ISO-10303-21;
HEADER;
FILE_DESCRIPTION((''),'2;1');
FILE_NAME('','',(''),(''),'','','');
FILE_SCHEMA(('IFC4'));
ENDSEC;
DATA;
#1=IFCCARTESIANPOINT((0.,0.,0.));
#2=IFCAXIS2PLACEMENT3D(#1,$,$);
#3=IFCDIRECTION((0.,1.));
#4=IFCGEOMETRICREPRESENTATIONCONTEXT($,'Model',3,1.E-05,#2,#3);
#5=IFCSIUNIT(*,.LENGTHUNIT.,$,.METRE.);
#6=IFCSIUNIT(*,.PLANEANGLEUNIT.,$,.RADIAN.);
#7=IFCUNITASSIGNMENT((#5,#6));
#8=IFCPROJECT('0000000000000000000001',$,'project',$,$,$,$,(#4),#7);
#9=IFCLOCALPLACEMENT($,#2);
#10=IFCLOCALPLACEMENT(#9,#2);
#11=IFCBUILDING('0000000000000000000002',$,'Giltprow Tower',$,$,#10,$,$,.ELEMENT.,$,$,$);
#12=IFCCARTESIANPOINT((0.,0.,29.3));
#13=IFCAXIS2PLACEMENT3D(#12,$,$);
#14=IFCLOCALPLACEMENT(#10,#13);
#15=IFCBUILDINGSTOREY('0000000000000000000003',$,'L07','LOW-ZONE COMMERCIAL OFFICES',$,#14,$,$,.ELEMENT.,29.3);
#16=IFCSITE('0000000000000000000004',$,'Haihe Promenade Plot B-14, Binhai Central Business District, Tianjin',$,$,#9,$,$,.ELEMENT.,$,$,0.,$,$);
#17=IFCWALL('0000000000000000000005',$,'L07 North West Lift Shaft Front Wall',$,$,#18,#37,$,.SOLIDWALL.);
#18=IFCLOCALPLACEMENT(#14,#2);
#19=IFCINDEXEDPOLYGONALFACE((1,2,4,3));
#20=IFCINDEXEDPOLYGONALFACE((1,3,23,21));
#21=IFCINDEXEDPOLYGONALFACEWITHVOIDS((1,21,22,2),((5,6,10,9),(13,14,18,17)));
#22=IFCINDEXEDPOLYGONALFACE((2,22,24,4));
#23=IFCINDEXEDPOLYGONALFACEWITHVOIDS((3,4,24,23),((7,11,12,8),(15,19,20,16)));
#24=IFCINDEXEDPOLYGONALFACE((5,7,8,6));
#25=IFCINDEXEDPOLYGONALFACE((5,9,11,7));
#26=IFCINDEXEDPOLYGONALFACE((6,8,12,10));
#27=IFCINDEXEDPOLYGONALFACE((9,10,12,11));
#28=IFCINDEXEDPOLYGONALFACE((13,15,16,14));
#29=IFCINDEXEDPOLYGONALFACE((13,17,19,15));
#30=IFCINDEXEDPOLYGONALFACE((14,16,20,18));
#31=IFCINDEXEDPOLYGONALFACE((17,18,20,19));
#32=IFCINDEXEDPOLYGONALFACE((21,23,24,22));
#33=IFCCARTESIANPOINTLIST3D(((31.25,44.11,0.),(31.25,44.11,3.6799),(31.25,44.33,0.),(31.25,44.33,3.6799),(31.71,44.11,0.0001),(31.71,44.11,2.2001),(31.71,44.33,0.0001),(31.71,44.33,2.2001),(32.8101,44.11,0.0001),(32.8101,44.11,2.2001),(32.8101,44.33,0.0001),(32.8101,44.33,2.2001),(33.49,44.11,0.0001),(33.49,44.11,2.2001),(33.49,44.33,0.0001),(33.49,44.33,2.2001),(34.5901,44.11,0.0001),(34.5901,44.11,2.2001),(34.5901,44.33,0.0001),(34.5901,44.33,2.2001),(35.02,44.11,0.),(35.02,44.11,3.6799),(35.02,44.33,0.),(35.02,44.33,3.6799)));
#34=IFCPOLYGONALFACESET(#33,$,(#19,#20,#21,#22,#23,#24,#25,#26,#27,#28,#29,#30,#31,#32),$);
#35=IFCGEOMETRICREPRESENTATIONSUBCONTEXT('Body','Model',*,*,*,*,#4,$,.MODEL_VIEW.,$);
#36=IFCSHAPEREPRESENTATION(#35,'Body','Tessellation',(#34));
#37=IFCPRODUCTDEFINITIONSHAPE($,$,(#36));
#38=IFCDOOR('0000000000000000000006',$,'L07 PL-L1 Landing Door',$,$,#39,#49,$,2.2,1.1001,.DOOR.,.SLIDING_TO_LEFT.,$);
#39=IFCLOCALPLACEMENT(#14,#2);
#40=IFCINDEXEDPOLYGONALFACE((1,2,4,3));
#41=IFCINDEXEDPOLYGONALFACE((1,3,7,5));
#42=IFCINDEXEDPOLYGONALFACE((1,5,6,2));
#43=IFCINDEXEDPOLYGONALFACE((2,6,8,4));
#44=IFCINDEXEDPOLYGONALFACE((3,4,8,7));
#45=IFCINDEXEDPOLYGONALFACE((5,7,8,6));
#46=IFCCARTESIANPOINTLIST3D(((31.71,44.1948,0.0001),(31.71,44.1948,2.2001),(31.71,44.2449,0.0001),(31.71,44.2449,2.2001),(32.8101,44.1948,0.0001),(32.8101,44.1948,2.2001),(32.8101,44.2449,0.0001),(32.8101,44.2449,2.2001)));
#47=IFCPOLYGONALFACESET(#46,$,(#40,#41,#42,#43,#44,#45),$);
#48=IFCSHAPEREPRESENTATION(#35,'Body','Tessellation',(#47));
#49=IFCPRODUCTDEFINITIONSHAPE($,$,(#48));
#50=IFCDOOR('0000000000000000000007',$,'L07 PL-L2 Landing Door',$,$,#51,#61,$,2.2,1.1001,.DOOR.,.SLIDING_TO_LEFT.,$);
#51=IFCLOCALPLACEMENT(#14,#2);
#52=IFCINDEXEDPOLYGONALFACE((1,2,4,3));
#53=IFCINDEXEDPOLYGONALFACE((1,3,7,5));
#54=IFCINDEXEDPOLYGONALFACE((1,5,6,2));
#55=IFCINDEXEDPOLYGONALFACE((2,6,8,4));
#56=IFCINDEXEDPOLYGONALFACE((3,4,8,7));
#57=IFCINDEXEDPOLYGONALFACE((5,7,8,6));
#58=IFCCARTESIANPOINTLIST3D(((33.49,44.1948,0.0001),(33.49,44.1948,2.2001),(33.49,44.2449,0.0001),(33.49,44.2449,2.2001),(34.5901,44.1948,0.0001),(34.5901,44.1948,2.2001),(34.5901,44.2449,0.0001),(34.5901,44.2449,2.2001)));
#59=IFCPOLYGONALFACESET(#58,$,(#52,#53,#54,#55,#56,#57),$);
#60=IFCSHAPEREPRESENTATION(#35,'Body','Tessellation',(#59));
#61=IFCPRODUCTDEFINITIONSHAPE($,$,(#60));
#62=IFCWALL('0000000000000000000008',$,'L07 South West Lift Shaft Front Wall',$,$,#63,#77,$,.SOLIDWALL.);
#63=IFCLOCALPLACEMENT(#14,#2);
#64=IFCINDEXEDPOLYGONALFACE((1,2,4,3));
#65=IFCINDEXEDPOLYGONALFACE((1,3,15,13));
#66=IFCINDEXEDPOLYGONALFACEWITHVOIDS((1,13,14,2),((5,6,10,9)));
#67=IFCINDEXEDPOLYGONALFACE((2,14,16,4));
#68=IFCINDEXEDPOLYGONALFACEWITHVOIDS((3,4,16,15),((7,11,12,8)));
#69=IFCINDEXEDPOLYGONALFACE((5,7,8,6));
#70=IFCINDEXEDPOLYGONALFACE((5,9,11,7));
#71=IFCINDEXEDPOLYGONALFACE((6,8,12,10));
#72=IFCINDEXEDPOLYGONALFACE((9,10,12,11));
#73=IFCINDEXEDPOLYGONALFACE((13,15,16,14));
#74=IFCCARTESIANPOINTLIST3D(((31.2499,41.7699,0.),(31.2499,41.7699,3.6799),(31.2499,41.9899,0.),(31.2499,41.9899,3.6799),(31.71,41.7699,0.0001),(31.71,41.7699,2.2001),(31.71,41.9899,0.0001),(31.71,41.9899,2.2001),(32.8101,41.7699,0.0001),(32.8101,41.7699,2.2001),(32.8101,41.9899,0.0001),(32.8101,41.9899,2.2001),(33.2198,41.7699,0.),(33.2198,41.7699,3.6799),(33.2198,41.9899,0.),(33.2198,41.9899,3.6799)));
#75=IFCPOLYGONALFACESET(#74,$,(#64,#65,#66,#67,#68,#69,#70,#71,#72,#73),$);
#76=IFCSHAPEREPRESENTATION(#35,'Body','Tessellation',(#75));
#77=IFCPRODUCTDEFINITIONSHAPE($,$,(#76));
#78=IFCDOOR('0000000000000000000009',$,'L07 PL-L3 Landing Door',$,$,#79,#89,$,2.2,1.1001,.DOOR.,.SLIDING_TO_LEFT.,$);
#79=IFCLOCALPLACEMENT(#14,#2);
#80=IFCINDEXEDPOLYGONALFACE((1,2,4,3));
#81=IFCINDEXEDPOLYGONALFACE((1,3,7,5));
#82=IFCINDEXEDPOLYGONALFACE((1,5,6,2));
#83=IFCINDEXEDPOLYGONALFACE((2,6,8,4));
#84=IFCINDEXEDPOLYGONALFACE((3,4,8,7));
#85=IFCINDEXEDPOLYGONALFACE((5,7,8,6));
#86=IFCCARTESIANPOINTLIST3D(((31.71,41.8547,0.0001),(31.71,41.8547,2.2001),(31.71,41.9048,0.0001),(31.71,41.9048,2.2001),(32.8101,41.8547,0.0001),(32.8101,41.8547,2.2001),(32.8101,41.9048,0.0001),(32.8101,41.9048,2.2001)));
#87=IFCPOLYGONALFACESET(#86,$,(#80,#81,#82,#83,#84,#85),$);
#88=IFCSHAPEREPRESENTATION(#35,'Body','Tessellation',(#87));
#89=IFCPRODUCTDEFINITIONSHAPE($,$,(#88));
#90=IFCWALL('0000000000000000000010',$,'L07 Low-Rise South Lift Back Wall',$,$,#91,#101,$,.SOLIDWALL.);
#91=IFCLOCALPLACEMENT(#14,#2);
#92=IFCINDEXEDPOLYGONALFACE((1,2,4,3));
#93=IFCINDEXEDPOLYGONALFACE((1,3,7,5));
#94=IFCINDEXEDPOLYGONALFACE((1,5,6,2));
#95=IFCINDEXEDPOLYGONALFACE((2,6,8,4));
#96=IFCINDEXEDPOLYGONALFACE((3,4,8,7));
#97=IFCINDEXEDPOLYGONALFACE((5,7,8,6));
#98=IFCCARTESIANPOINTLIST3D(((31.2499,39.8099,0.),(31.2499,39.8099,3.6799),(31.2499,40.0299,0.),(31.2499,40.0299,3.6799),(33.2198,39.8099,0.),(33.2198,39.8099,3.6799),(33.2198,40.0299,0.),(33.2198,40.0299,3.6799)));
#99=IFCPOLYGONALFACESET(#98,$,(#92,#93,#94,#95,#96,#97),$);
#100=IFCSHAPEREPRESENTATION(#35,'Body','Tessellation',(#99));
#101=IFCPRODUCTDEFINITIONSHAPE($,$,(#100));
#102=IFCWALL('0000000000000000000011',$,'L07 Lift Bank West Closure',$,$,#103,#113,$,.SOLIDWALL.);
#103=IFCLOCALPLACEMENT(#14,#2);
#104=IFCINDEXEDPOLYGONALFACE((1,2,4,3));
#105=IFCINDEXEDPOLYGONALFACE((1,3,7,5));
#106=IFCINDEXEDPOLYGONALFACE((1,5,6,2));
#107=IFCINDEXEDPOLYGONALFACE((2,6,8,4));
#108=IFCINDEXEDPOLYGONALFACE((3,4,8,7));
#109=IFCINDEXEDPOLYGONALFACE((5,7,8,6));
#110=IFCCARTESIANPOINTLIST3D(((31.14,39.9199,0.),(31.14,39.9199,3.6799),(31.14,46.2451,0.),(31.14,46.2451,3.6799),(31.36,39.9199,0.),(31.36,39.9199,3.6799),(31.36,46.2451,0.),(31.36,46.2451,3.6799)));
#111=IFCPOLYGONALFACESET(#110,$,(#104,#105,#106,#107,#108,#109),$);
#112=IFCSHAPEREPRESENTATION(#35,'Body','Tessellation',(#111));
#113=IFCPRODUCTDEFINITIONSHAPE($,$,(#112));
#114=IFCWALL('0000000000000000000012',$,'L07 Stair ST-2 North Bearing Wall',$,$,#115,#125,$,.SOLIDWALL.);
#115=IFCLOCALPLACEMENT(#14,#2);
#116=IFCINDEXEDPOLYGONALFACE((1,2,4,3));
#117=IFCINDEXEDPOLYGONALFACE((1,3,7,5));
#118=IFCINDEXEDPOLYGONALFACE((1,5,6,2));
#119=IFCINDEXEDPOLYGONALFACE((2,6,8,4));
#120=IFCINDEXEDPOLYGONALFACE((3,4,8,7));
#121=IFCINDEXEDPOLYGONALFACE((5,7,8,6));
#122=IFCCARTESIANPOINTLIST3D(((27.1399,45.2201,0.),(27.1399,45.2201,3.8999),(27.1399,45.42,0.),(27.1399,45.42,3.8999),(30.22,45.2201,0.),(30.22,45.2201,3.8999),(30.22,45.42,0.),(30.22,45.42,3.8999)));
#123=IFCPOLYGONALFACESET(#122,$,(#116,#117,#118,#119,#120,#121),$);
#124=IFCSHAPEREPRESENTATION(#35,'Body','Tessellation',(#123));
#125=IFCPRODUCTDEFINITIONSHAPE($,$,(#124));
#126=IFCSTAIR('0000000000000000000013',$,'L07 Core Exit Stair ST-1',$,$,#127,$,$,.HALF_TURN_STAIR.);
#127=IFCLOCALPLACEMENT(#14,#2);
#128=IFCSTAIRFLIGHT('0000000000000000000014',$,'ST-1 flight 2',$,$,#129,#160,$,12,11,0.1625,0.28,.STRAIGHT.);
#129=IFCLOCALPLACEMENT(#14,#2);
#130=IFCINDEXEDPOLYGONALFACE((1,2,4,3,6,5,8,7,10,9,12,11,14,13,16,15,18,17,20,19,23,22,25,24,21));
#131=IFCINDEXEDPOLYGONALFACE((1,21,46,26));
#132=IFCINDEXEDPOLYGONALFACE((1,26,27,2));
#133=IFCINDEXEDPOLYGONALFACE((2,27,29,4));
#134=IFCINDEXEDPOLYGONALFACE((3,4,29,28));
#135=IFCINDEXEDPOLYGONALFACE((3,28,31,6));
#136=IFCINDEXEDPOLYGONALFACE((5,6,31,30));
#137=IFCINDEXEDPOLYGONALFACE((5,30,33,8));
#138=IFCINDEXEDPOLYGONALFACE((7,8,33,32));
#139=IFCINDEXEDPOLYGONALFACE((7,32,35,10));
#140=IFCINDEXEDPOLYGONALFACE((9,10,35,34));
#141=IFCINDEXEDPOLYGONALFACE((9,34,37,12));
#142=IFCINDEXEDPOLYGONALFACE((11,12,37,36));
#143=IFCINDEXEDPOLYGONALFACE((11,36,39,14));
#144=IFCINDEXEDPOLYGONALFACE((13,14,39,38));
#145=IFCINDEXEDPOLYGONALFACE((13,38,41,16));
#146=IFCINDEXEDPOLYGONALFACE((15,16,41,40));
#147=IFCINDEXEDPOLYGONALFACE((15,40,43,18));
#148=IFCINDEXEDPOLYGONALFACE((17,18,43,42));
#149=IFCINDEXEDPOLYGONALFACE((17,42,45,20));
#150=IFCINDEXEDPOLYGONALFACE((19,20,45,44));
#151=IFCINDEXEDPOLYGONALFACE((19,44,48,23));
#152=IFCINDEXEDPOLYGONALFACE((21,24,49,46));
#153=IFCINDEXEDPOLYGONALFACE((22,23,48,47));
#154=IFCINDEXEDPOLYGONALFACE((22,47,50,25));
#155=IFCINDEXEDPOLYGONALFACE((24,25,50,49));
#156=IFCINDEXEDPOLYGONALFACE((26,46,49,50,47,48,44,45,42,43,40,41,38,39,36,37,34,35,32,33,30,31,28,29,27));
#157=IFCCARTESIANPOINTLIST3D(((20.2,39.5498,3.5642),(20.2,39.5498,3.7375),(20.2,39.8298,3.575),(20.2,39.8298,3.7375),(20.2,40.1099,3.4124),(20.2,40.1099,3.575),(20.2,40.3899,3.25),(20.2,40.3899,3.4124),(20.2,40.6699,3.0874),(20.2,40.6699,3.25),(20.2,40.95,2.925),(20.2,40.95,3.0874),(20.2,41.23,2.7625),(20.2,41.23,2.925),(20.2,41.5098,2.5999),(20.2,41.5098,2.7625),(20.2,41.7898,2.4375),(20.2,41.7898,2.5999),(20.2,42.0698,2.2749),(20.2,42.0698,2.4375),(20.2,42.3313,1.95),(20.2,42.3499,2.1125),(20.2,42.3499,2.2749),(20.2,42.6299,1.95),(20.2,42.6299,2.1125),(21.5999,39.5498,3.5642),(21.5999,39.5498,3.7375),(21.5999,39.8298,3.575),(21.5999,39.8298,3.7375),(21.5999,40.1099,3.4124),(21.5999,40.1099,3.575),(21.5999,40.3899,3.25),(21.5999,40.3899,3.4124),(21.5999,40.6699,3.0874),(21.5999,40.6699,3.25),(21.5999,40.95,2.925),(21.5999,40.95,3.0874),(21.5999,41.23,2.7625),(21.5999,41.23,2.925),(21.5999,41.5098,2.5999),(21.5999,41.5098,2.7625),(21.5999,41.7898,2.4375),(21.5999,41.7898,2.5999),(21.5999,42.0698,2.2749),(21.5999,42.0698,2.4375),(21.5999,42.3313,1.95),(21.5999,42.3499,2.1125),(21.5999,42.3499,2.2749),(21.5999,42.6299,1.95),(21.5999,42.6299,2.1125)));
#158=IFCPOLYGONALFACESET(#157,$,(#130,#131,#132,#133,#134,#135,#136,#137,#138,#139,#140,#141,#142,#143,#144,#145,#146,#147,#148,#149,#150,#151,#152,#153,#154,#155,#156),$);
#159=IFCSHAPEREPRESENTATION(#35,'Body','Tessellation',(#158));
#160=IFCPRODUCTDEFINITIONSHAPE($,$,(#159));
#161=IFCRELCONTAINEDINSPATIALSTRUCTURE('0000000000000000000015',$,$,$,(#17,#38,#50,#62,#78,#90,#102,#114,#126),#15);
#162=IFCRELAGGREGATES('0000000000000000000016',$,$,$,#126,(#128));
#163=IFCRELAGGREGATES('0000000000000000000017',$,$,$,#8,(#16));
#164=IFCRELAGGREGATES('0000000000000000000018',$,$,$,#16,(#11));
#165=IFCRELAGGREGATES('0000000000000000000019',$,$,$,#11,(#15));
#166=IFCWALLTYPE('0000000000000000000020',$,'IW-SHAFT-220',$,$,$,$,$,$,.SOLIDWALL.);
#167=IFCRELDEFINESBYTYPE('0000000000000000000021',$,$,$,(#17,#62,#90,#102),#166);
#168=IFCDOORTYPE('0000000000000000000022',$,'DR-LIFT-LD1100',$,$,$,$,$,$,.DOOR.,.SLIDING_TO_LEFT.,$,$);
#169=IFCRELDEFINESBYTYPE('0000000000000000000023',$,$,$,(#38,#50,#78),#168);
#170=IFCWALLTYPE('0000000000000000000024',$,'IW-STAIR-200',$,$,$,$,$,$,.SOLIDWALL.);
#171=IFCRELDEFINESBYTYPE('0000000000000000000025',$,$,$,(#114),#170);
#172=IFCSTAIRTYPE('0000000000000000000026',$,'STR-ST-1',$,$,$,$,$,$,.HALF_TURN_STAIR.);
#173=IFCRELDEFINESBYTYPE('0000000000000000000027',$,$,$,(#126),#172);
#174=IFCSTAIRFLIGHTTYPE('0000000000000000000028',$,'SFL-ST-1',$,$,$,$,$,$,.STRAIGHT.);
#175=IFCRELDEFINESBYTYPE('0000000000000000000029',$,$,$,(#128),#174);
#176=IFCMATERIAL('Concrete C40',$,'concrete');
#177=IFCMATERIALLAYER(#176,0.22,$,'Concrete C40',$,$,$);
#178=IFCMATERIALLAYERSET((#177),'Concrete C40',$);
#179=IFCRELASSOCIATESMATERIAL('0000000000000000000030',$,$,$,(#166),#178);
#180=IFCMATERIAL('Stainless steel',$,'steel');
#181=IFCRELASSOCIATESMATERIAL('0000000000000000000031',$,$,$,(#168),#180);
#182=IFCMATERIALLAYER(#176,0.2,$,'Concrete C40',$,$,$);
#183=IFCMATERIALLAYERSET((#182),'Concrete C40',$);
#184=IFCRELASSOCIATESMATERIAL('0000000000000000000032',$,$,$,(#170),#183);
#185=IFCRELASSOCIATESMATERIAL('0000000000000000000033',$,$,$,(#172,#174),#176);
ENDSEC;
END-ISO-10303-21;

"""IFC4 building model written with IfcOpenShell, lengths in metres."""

from ifc_helpers import new_model, si_unit, direction, frame, frame_2d, origin, place, context, subcontext, project, spatial, polyline, rectangle, outline, extrude, source, transform, mapped, material, layer, layer_set, type_object, element, fill, aggregate, save


model = new_model("IFC4")

# Units and contexts
model_context = context("Model", 3, precision=1e-05, world=origin(), true_north=direction((0.0, 1.0)))
body_context = subcontext(model_context, "Body", "Model", "MODEL_VIEW")
ifc_project = project(units=[si_unit("LENGTHUNIT", "METRE"), si_unit("PLANEANGLEUNIT", "RADIAN")], contexts=[model_context])

# Site, building, storey
site_placement = place(None, origin())
site = spatial("IfcSite", under=ifc_project, at=site_placement, Name="Haihe Promenade Plot B-14, Binhai Central Business District, Tianjin", CompositionType="ELEMENT", RefElevation=0.0)
building_placement = place(site_placement, origin())
building = spatial("IfcBuilding", under=site, at=building_placement, Name="Giltprow Tower", CompositionType="ELEMENT")
storey_placement = place(building_placement, frame((0.0, 0.0, 29.3)))
storey = spatial("IfcBuildingStorey", under=building, at=storey_placement, Name="L07", Description="LOW-ZONE COMMERCIAL OFFICES", CompositionType="ELEMENT", Elevation=29.3)

# Shared definitions
ifc_material_1 = material(Name="Concrete C40", Category="concrete")
ifc_layer_1 = layer(ifc_material_1, 0.22, Name="Concrete C40")
ifc_layer_set_1 = layer_set([ifc_layer_1], Name="Concrete C40")
wall_type_1 = type_object("IfcWallType", Name="IW-SHAFT-220", PredefinedType="SOLIDWALL", material=ifc_layer_set_1)
ifc_material_2 = material(Name="Stainless steel", Category="steel")
door_type = type_object("IfcDoorType", Name="DR-LIFT-LD1100", OperationType="SLIDING_TO_LEFT", PredefinedType="DOOR", material=ifc_material_2)
shared_shape_1 = source(origin(), body_context, "Body", "SweptSolid", [
    extrude(rectangle(XDim=1.1001, YDim=2.2, at=frame_2d((0.55, 1.1001))), frame((0.0, 0.0249, 0.0), z_axis=(0.0, -1.0, 0.0), x_axis=(1.0, 0.0, 0.0)), (0.0, 0.0, 1.0), 0.05),
])

# Wall, openings, doors
wall_1_placement = place(storey_placement, frame((31.25, 44.22, 0.0), z_axis=(0.0, 0.0, 1.0), x_axis=(1.0, 0.0, 0.0)))
wall_1 = element("IfcWall", 1, at=wall_1_placement, inside=storey, type_object=wall_type_1, Name="L07 North West Lift Shaft Front Wall", PredefinedType="SOLIDWALL", context=body_context, shape_type="SweptSolid", body=[
    extrude(rectangle(XDim=3.77, YDim=0.22, at=frame_2d((1.885, 0.0))), origin(), (0.0, 0.0, 1.0), 3.6799),
])
opening_1_placement = place(wall_1_placement, frame((0.46, 0.0, 0.0)))
opening_1 = element("IfcOpeningElement", 2, at=opening_1_placement, cuts=wall_1, PredefinedType="OPENING", context=body_context, shape_type="SweptSolid", body=[
    extrude(rectangle(XDim=1.1001, YDim=2.2, at=frame_2d((0.55, 1.1001))), frame((0.0, 0.1199, 0.0), z_axis=(0.0, -1.0, 0.0), x_axis=(1.0, 0.0, 0.0)), (0.0, 0.0, 1.0), 0.24),
])
opening_2_placement = place(wall_1_placement, frame((2.24, 0.0, 0.0)))
opening_2 = element("IfcOpeningElement", 3, at=opening_2_placement, cuts=wall_1, PredefinedType="OPENING", context=body_context, shape_type="SweptSolid", body=[
    extrude(rectangle(XDim=1.1001, YDim=2.2, at=frame_2d((0.55, 1.1001))), frame((0.0, 0.1199, 0.0), z_axis=(0.0, -1.0, 0.0), x_axis=(1.0, 0.0, 0.0)), (0.0, 0.0, 1.0), 0.24),
])
door_1_placement = place(opening_1_placement, origin())
door_1 = element("IfcDoor", 4, at=door_1_placement, inside=storey, type_object=door_type, Name="L07 PL-L1 Landing Door", OperationType="SLIDING_TO_LEFT", OverallHeight=2.2, OverallWidth=1.1001, PredefinedType="DOOR", context=body_context, shape_type="MappedRepresentation", body=[
    mapped(shared_shape_1, transform((0.0, 0.0, 0.0), x_axis=(1.0, 0.0, 0.0), y_axis=(0.0, 1.0, 0.0), z_axis=(0.0, 0.0, 1.0), scale=1.0)),
])
fill(opening_1, door_1)
door_2_placement = place(opening_2_placement, origin())
door_2 = element("IfcDoor", 5, at=door_2_placement, inside=storey, type_object=door_type, Name="L07 PL-L2 Landing Door", OperationType="SLIDING_TO_LEFT", OverallHeight=2.2, OverallWidth=1.1001, PredefinedType="DOOR", context=body_context, shape_type="MappedRepresentation", body=[
    mapped(shared_shape_1, transform((0.0, 0.0, 0.0), x_axis=(1.0, 0.0, 0.0), y_axis=(0.0, 1.0, 0.0), z_axis=(0.0, 0.0, 1.0), scale=1.0)),
])
fill(opening_2, door_2)

# Wall, opening, door
wall_2_placement = place(storey_placement, frame((31.25, 41.8799, 0.0), z_axis=(0.0, 0.0, 1.0), x_axis=(1.0, 0.0, 0.0)))
wall_2 = element("IfcWall", 6, at=wall_2_placement, inside=storey, type_object=wall_type_1, Name="L07 South West Lift Shaft Front Wall", PredefinedType="SOLIDWALL", context=body_context, shape_type="SweptSolid", body=[
    extrude(rectangle(XDim=1.97, YDim=0.22, at=frame_2d((0.9849, 0.0))), origin(), (0.0, 0.0, 1.0), 3.6799),
])
opening_3_placement = place(wall_2_placement, frame((0.46, 0.0, 0.0)))
opening_3 = element("IfcOpeningElement", 7, at=opening_3_placement, cuts=wall_2, PredefinedType="OPENING", context=body_context, shape_type="SweptSolid", body=[
    extrude(rectangle(XDim=1.1001, YDim=2.2, at=frame_2d((0.55, 1.1001))), frame((0.0, 0.1199, 0.0), z_axis=(0.0, -1.0, 0.0), x_axis=(1.0, 0.0, 0.0)), (0.0, 0.0, 1.0), 0.24),
])
door_3_placement = place(opening_3_placement, origin())
door_3 = element("IfcDoor", 8, at=door_3_placement, inside=storey, type_object=door_type, Name="L07 PL-L3 Landing Door", OperationType="SLIDING_TO_LEFT", OverallHeight=2.2, OverallWidth=1.1001, PredefinedType="DOOR", context=body_context, shape_type="MappedRepresentation", body=[
    mapped(shared_shape_1, transform((0.0, 0.0, 0.0), x_axis=(1.0, 0.0, 0.0), y_axis=(0.0, 1.0, 0.0), z_axis=(0.0, 0.0, 1.0), scale=1.0)),
])
fill(opening_3, door_3)

# Walls
wall_3_placement = place(storey_placement, frame((31.25, 39.9199, 0.0), z_axis=(0.0, 0.0, 1.0), x_axis=(1.0, 0.0, 0.0)))
element("IfcWall", 9, at=wall_3_placement, inside=storey, type_object=wall_type_1, Name="L07 Low-Rise South Lift Back Wall", PredefinedType="SOLIDWALL", context=body_context, shape_type="SweptSolid", body=[
    extrude(rectangle(XDim=1.97, YDim=0.22, at=frame_2d((0.9849, 0.0))), origin(), (0.0, 0.0, 1.0), 3.6799),
])
wall_4_placement = place(storey_placement, frame((31.25, 39.9199, 0.0), z_axis=(0.0, 0.0, 1.0), x_axis=(0.0, 1.0, 0.0)))
element("IfcWall", 10, at=wall_4_placement, inside=storey, type_object=wall_type_1, Name="L07 Lift Bank West Closure", PredefinedType="SOLIDWALL", context=body_context, shape_type="SweptSolid", body=[
    extrude(rectangle(XDim=6.3252, YDim=0.22, at=frame_2d((3.1626, 0.0))), origin(), (0.0, 0.0, 1.0), 3.6799),
])
ifc_layer_2 = layer(ifc_material_1, 0.2, Name="Concrete C40")
ifc_layer_set_2 = layer_set([ifc_layer_2], Name="Concrete C40")
wall_type_2 = type_object("IfcWallType", Name="IW-STAIR-200", PredefinedType="SOLIDWALL", material=ifc_layer_set_2)
wall_5_placement = place(storey_placement, frame((27.1399, 45.3201, 0.0), z_axis=(0.0, 0.0, 1.0), x_axis=(1.0, 0.0, 0.0)))
element("IfcWall", 11, at=wall_5_placement, inside=storey, type_object=wall_type_2, Name="L07 Stair ST-2 North Bearing Wall", PredefinedType="SOLIDWALL", context=body_context, shape_type="SweptSolid", body=[
    extrude(rectangle(XDim=3.0801, YDim=0.2, at=frame_2d((1.54, 0.0))), origin(), (0.0, 0.0, 1.0), 3.8999),
])

# Stair, stair flight
stair_type_1 = type_object("IfcStairType", Name="STR-ST-1", PredefinedType="HALF_TURN_STAIR", material=ifc_material_1)
stair_1_placement = place(storey_placement, origin())
stair_1 = element("IfcStair", 12, at=stair_1_placement, inside=storey, type_object=stair_type_1, Name="L07 Core Exit Stair ST-1", PredefinedType="HALF_TURN_STAIR")
stair_flight_type_1 = type_object("IfcStairFlightType", Name="SFL-ST-1", PredefinedType="STRAIGHT", material=ifc_material_1)
stair_flight_1_placement = place(storey_placement, frame((20.8999, 42.6299, 1.95), z_axis=(0.0, 0.0, 1.0), x_axis=(0.0, -1.0, 0.0)))
stair_flight_1 = element("IfcStairFlight", 13, at=stair_flight_1_placement, type_object=stair_flight_type_1, Name="ST-1 flight 2", NumberOfRisers=12, NumberOfTreads=11, PredefinedType="STRAIGHT", RiserHeight=0.1625, TreadLength=0.28, context=body_context, shape_type="SweptSolid", body=[
    extrude(outline(polyline([(0.0, 0.0), (0.0, 0.1626), (0.28, 0.1626), (0.28, 0.325), (0.5601, 0.325), (0.5601, 0.4875), (0.8401, 0.4875), (0.8401, 0.6499), (1.1201, 0.6499), (1.1201, 0.8125), (1.3999, 0.8125), (1.3999, 0.9751), (1.6799, 0.9751), (1.6799, 1.1375), (1.96, 1.1375), (1.96, 1.3), (2.24, 1.3), (2.24, 1.4624), (2.52, 1.4624), (2.52, 1.625), (2.8, 1.625), (2.8, 1.7876), (3.0801, 1.7876), (3.0801, 1.95), (3.0801, 1.6143), (0.2986, 0.0), (0.0, 0.0)])), frame((0.0, 0.7, 0.0), z_axis=(0.0, -1.0, 0.0), x_axis=(1.0, 0.0, 0.0)), (0.0, 0.0, 1.0), 1.3999),
])
aggregate(stair_1, [stair_flight_1])

save(model, "model.ifc")
